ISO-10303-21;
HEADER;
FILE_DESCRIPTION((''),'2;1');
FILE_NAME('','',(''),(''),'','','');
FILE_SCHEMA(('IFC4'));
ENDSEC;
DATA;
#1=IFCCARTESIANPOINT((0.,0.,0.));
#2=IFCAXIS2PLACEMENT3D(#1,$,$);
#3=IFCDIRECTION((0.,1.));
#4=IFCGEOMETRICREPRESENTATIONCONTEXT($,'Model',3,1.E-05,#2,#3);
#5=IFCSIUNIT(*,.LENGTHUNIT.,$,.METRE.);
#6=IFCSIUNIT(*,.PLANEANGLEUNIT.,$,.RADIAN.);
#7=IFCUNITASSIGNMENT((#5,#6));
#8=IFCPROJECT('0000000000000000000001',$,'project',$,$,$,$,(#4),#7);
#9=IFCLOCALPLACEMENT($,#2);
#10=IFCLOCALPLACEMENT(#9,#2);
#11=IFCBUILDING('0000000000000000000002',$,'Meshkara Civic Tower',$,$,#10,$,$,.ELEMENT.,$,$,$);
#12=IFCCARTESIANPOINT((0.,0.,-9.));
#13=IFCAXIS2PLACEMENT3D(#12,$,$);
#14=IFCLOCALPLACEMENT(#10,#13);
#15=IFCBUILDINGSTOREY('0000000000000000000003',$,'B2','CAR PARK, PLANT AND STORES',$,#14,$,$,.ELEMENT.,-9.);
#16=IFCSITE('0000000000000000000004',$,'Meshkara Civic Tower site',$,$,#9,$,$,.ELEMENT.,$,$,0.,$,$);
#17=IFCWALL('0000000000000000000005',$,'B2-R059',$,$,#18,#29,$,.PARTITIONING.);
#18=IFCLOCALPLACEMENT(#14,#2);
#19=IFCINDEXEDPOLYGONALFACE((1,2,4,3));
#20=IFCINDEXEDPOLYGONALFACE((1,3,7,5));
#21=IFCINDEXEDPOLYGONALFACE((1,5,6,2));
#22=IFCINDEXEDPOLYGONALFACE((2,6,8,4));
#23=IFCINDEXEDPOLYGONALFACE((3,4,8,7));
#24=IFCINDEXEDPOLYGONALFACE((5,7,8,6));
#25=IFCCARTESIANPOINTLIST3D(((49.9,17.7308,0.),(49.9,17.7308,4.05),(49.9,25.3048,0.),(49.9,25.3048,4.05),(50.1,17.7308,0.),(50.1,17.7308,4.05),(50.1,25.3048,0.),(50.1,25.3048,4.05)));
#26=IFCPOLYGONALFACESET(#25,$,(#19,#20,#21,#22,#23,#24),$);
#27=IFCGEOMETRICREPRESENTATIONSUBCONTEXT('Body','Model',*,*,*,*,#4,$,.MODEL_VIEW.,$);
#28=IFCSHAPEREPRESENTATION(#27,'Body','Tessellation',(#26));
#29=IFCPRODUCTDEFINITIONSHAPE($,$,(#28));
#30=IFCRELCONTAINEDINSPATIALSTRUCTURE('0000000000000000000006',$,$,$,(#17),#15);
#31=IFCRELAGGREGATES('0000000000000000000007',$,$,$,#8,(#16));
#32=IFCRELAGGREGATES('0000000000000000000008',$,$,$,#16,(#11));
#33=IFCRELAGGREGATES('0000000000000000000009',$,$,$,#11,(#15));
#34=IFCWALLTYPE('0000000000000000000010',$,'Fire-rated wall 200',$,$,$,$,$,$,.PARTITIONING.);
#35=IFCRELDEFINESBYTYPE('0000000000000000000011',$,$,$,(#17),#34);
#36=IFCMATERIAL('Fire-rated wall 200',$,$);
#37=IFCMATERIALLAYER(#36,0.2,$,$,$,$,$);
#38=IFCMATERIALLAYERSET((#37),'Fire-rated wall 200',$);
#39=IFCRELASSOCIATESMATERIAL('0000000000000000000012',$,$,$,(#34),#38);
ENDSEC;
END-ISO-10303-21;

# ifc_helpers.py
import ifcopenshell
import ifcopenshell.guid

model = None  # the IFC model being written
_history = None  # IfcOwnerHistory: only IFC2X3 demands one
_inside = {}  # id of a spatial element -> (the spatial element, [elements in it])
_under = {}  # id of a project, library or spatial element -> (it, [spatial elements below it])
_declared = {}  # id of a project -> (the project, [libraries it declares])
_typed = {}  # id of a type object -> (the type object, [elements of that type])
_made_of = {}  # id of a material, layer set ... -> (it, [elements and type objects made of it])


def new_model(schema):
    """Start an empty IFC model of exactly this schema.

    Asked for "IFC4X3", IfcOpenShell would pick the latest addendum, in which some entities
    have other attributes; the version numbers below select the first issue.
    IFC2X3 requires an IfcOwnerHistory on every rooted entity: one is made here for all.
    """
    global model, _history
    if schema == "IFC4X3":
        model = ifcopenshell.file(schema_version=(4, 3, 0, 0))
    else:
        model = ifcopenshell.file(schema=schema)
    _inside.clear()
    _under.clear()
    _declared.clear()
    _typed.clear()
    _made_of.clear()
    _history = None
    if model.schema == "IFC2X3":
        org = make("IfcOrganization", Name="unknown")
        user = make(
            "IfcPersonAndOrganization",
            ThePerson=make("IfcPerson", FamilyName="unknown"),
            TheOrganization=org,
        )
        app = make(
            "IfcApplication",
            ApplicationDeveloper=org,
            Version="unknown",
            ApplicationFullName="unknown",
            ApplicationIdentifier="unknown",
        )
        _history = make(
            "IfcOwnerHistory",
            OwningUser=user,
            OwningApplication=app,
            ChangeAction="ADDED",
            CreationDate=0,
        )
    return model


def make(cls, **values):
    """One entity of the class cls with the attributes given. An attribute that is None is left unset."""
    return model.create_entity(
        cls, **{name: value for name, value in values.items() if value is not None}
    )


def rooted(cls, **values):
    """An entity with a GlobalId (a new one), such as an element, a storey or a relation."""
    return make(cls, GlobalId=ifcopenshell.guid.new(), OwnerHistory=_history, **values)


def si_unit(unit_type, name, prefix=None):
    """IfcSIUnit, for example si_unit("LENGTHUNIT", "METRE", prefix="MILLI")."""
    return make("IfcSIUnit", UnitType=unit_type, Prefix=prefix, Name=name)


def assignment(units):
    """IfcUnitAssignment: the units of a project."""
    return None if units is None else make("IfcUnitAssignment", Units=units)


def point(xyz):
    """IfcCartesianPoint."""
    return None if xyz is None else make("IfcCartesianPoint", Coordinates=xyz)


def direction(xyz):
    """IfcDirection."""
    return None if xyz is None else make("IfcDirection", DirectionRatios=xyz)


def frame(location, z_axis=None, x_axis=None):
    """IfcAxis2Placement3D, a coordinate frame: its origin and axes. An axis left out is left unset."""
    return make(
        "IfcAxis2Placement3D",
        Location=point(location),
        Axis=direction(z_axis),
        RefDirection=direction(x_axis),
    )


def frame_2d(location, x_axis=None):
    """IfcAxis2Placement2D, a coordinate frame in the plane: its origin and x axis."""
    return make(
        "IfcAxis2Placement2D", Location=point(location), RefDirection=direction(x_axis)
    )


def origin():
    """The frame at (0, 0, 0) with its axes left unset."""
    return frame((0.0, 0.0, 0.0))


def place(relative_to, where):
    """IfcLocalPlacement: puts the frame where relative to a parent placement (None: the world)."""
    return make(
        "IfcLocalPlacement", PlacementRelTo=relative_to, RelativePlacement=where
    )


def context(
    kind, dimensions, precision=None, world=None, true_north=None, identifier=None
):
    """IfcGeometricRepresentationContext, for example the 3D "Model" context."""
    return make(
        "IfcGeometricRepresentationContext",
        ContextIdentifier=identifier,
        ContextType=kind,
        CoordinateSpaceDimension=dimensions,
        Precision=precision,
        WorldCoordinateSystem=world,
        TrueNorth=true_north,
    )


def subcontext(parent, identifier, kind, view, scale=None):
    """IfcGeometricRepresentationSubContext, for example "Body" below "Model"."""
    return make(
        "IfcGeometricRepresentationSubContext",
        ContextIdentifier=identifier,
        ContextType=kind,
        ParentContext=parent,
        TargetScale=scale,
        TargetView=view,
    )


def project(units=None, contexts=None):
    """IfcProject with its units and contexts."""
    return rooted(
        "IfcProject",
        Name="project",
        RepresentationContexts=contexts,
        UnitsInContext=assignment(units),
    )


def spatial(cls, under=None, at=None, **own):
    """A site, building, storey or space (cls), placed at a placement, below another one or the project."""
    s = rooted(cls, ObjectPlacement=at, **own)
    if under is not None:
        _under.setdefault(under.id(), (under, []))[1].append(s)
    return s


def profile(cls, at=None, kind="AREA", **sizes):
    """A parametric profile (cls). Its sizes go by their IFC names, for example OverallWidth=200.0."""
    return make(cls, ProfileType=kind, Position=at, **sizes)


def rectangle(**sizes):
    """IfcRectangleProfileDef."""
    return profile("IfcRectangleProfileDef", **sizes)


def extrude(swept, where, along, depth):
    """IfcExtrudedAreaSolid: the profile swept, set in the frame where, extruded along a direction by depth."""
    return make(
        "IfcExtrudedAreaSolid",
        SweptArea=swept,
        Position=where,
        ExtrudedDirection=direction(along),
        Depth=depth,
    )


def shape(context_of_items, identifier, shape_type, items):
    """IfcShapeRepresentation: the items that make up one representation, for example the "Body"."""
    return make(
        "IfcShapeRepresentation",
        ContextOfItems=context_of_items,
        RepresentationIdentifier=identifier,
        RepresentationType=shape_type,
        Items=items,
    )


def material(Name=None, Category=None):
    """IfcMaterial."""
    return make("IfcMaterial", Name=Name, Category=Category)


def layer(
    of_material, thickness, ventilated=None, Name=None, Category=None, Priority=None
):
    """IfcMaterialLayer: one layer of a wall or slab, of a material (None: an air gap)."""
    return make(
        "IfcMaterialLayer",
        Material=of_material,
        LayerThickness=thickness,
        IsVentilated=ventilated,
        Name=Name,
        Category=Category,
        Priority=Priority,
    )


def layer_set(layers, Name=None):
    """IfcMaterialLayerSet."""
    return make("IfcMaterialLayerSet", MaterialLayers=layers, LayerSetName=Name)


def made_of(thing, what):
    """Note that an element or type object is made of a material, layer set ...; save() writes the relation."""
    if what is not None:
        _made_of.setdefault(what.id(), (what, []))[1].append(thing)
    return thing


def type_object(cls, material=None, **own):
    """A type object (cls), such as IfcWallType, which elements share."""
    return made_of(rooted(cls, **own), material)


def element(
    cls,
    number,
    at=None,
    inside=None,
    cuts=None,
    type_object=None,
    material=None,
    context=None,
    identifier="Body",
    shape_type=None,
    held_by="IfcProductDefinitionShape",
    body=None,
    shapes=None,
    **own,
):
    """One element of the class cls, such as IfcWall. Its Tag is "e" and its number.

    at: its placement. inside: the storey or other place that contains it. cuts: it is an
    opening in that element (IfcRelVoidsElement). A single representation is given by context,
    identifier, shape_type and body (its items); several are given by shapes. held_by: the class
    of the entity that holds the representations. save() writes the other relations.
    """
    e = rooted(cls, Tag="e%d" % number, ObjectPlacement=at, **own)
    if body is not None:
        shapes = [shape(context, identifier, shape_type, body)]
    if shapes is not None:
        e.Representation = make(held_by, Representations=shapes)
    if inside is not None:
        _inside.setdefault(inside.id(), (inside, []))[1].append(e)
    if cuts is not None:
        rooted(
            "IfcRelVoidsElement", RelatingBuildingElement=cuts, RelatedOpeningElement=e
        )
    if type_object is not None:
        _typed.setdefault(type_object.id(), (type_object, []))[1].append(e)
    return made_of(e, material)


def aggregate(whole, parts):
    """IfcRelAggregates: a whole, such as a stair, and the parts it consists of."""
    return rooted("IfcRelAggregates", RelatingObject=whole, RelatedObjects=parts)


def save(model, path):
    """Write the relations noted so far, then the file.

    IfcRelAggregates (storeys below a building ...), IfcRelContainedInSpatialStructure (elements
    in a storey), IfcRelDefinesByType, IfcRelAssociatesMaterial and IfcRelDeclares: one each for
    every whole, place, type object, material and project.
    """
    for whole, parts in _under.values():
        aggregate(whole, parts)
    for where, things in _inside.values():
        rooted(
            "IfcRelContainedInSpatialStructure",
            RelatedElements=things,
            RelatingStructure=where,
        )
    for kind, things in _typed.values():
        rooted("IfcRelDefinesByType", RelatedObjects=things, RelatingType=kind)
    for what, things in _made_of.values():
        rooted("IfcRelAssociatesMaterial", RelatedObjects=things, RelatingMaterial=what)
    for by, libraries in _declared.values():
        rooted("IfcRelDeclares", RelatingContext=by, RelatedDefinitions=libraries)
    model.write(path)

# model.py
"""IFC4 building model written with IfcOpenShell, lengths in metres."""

from ifc_helpers import new_model, si_unit, direction, frame, frame_2d, origin, place, context, subcontext, project, spatial, rectangle, extrude, material, layer, layer_set, type_object, element, save


model = new_model("IFC4")

# Units and contexts
model_context = context("Model", 3, precision=1e-05, world=origin(), true_north=direction((0.0, 1.0)))
body_context = subcontext(model_context, "Body", "Model", "MODEL_VIEW")
ifc_project = project(units=[si_unit("LENGTHUNIT", "METRE"), si_unit("PLANEANGLEUNIT", "RADIAN")], contexts=[model_context])

# Site, building, storey
site_placement = place(None, origin())
site = spatial("IfcSite", under=ifc_project, at=site_placement, Name="Meshkara Civic Tower site", CompositionType="ELEMENT", RefElevation=0.0)
building_placement = place(site_placement, origin())
building = spatial("IfcBuilding", under=site, at=building_placement, Name="Meshkara Civic Tower", CompositionType="ELEMENT")
storey_placement = place(building_placement, frame((0.0, 0.0, -9.0)))
storey = spatial("IfcBuildingStorey", under=building, at=storey_placement, Name="B2", Description="CAR PARK, PLANT AND STORES", CompositionType="ELEMENT", Elevation=-9.0)

# Wall
ifc_material_1 = material(Name="Fire-rated wall 200")
ifc_layer_1 = layer(ifc_material_1, 0.2)
ifc_layer_set_1 = layer_set([ifc_layer_1], Name="Fire-rated wall 200")
wall_type_1 = type_object("IfcWallType", Name="Fire-rated wall 200", PredefinedType="PARTITIONING", material=ifc_layer_set_1)
wall_1_placement = place(storey_placement, frame((50.0, 25.3049, 0.0), z_axis=(0.0, 0.0, 1.0), x_axis=(0.0, -1.0, 0.0)))
element("IfcWall", 1, at=wall_1_placement, inside=storey, type_object=wall_type_1, Name="B2-R059", PredefinedType="PARTITIONING", context=body_context, shape_type="SweptSolid", body=[
    extrude(rectangle(XDim=7.574, YDim=0.2, at=frame_2d((3.7871, 0.0))), origin(), (0.0, 0.0, 1.0), 4.05),
])

save(model, "model.ifc")
